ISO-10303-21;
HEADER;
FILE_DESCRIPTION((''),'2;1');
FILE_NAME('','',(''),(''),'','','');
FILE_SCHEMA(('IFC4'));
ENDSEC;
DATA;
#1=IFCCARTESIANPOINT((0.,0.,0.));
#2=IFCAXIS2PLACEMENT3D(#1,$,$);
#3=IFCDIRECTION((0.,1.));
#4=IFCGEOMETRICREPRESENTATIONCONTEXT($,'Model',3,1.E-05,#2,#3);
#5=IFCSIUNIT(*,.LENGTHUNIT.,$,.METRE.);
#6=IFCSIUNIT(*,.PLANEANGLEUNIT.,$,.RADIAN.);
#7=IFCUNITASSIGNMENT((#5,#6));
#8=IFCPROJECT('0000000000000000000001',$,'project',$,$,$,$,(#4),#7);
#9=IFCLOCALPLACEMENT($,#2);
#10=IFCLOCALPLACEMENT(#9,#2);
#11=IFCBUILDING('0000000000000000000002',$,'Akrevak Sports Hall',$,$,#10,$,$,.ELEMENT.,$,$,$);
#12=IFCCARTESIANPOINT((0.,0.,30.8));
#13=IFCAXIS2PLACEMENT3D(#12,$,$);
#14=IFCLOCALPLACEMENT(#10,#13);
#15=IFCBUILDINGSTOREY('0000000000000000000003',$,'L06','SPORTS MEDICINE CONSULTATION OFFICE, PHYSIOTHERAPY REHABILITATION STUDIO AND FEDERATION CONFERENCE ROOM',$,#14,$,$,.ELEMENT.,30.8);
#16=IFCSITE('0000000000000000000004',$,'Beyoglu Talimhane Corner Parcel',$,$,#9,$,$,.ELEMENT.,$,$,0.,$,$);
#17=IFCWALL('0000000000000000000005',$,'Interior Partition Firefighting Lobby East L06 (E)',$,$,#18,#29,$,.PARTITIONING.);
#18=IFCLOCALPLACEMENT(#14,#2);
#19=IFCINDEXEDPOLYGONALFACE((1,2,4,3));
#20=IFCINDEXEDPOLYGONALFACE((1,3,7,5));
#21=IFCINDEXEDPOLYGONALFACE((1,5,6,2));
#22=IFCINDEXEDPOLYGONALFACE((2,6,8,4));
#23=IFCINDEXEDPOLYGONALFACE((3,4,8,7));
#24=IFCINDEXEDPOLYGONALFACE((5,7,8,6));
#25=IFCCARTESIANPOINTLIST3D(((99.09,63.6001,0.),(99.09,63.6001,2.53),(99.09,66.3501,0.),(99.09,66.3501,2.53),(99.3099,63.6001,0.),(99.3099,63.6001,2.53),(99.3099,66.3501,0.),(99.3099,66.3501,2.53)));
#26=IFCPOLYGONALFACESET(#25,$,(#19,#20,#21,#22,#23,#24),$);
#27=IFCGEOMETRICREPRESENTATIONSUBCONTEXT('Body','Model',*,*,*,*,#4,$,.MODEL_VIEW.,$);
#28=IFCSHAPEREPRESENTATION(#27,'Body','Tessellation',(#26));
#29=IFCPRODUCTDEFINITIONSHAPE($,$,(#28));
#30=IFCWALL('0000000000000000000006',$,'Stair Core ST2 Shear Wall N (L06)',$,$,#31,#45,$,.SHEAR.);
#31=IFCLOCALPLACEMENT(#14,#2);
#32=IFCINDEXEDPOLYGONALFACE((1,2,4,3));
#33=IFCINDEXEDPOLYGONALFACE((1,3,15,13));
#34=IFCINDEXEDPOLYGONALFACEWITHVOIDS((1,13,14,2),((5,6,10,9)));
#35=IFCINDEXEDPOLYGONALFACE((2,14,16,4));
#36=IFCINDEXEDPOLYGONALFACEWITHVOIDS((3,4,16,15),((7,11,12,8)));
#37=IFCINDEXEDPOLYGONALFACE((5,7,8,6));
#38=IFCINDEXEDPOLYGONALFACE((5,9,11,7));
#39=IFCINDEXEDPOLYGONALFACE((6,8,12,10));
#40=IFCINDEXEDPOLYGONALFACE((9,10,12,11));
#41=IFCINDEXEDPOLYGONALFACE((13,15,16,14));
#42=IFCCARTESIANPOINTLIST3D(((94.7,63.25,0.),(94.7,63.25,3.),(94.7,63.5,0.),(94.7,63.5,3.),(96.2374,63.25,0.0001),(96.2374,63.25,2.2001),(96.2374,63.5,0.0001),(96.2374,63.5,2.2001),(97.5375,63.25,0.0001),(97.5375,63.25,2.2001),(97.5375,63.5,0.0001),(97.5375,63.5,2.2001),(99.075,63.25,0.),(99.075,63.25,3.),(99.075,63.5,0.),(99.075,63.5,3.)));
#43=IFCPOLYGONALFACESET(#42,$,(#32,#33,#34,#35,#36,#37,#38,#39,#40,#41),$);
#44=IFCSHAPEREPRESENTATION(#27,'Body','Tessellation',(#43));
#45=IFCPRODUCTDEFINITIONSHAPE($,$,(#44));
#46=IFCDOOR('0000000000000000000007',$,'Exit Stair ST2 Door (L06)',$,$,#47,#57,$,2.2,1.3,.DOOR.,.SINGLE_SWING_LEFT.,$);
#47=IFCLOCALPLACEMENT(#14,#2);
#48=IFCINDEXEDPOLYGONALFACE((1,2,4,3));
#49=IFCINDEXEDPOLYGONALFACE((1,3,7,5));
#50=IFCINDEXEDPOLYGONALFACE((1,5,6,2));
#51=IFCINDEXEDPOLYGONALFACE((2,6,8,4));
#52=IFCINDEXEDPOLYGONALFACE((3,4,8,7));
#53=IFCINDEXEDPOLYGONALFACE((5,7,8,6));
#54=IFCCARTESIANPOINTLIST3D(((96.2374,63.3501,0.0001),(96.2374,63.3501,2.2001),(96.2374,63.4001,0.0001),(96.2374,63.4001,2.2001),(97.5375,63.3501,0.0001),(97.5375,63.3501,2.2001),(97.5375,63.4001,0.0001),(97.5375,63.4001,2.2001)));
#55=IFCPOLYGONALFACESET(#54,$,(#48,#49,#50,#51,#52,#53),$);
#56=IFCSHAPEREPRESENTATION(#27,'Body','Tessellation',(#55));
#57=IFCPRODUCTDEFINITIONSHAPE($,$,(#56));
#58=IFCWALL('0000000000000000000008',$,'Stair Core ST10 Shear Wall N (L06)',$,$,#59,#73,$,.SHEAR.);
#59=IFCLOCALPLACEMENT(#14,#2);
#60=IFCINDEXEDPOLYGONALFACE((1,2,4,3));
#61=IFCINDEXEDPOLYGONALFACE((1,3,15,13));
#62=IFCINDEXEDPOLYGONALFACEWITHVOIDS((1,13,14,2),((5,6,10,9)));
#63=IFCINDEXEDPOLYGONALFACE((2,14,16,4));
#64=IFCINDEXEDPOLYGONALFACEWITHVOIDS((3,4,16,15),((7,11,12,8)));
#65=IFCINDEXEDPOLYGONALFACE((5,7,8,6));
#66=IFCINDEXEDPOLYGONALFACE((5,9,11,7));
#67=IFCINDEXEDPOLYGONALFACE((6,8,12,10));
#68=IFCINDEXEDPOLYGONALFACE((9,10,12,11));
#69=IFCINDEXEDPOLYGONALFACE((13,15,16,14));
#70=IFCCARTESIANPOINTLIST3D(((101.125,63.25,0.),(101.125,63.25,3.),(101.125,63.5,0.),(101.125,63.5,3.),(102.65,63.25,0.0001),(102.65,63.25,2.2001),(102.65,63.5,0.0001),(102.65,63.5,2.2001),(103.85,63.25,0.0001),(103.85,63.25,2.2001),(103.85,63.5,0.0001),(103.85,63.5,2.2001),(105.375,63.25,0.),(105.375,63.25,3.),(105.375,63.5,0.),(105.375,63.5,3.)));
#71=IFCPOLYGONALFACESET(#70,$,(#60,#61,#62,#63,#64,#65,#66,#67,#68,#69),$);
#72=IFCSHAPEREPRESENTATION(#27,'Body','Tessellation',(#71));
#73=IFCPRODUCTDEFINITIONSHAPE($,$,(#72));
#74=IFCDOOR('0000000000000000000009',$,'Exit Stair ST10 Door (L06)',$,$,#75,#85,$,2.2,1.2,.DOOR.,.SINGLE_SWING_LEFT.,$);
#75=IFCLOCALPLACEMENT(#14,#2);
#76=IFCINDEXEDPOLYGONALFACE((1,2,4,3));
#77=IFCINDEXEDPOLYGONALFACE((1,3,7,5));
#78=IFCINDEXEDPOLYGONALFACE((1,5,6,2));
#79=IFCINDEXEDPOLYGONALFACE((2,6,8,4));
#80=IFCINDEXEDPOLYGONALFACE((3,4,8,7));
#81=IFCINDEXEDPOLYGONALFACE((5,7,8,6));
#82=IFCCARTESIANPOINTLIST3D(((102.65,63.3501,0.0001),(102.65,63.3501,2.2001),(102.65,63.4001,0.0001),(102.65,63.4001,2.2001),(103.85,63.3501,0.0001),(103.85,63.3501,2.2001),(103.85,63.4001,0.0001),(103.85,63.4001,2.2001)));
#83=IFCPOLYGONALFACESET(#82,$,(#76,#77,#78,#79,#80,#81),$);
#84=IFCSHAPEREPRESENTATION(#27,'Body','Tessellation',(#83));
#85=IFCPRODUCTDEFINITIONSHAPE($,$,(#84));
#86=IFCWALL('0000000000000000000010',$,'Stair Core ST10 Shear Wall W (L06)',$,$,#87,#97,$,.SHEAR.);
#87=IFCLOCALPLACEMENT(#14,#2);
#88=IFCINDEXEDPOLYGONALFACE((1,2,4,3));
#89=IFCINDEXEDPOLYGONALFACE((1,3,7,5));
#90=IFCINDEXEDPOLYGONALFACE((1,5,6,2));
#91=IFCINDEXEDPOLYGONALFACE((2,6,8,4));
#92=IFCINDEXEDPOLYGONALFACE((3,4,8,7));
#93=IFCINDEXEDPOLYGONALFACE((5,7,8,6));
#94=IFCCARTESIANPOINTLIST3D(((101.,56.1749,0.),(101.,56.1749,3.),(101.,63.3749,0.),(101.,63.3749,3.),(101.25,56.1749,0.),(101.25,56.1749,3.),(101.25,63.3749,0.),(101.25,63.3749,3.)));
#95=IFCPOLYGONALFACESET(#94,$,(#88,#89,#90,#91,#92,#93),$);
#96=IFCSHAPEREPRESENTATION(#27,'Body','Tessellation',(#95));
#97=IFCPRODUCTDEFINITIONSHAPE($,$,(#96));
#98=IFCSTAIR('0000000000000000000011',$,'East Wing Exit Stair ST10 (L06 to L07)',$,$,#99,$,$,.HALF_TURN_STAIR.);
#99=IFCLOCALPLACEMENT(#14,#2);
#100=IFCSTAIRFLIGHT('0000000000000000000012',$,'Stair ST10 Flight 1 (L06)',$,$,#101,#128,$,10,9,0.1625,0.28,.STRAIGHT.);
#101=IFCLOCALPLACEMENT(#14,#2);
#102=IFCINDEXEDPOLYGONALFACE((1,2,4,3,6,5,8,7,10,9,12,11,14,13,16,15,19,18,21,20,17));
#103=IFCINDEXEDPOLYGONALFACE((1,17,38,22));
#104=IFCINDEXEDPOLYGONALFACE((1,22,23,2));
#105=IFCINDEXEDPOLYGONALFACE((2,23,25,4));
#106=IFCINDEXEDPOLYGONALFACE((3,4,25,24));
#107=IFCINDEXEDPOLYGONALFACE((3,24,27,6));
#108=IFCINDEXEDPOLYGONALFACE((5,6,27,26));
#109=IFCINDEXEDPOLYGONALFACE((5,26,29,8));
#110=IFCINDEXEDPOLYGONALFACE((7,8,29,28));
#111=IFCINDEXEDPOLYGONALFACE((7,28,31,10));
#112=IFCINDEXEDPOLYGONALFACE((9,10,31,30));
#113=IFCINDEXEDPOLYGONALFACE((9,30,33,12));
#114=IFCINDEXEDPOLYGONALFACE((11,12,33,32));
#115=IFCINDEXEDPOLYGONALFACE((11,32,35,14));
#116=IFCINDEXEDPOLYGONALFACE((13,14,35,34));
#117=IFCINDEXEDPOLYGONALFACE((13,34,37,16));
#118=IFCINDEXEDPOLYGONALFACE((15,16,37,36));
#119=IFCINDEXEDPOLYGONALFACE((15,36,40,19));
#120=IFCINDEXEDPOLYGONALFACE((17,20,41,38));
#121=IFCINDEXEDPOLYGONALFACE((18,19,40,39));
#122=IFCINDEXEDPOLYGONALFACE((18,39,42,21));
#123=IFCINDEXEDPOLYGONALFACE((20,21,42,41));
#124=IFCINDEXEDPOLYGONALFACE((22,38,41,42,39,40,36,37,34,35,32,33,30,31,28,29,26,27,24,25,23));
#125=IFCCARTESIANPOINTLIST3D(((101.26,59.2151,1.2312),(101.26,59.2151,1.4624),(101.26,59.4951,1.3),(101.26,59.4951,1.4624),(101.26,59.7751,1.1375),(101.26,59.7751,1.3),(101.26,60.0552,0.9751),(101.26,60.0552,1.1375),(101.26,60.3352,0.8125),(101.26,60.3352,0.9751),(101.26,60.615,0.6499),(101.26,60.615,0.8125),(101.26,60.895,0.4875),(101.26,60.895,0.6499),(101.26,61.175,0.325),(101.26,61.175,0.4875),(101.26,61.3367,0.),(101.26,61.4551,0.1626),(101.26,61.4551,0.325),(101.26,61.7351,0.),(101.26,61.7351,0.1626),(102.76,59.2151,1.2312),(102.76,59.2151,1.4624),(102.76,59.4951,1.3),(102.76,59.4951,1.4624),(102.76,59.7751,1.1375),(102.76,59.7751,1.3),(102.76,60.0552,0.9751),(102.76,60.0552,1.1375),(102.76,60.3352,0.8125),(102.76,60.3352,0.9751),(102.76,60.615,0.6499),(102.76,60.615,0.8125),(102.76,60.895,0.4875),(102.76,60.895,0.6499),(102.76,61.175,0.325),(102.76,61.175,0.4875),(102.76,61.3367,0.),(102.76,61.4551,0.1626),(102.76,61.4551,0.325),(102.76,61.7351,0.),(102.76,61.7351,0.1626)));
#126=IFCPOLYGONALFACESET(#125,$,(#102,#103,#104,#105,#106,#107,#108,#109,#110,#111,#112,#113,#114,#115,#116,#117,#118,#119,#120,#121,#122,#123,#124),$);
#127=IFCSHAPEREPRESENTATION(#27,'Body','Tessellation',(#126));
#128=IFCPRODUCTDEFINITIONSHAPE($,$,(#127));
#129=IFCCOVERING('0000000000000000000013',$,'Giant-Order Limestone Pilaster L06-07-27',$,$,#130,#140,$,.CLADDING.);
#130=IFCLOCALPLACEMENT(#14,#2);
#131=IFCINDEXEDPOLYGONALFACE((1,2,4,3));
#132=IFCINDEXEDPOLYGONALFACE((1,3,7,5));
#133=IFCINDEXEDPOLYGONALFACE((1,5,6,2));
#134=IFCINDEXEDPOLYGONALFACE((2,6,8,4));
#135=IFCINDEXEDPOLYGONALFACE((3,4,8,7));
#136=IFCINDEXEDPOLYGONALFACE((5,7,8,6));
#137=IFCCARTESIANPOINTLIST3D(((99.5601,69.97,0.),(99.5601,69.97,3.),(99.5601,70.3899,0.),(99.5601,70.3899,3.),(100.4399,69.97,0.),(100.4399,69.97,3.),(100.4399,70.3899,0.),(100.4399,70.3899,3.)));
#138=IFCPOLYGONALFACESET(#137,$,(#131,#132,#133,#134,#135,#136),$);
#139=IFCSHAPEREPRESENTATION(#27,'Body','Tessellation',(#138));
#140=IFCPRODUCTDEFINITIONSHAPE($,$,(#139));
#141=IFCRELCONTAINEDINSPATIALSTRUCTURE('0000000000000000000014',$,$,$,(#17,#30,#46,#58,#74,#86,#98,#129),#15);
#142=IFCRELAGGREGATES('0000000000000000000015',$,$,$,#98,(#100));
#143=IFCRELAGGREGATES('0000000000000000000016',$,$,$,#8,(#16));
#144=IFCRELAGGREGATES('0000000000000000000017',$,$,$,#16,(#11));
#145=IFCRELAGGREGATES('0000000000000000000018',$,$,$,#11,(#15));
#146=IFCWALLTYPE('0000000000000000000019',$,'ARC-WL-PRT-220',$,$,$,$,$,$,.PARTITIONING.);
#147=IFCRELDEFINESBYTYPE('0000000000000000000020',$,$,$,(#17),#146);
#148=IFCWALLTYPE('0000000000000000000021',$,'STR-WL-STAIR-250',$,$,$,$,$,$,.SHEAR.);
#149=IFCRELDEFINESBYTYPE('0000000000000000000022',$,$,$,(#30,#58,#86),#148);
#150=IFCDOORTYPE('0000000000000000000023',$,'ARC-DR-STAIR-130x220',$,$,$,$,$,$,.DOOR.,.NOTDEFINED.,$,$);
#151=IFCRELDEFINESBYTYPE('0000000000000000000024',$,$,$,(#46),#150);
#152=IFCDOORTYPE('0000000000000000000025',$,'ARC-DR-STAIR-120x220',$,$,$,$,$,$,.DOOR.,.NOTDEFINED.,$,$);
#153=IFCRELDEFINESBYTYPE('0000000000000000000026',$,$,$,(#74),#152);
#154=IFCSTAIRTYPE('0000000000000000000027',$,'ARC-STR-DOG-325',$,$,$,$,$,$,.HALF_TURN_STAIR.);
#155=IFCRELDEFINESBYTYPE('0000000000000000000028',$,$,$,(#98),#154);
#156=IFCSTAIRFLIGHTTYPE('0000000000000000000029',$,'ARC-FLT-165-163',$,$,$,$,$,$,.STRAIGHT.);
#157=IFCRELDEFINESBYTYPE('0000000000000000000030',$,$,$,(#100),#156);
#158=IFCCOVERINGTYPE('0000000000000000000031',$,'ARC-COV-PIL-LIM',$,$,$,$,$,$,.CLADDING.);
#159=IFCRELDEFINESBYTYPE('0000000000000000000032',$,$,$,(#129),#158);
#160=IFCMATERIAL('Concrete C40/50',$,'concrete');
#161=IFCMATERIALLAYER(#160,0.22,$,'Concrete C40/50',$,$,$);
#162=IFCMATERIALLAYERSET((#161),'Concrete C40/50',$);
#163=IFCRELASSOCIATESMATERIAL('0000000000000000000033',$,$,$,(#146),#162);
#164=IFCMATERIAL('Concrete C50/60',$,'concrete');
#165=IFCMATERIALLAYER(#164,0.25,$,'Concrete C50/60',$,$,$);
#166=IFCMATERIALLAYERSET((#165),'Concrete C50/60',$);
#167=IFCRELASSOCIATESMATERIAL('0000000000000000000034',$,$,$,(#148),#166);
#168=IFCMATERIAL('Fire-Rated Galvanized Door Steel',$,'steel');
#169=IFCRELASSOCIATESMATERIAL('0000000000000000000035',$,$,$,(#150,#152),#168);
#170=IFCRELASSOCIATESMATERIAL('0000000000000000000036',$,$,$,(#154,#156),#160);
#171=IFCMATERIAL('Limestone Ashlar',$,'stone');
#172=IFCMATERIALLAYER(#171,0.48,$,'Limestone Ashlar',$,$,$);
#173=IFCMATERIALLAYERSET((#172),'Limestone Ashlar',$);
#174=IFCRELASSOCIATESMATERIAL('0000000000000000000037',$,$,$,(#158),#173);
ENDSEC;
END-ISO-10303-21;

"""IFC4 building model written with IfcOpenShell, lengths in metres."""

from ifc_helpers import new_model, si_unit, direction, frame, frame_2d, origin, origin_2d, place, context, subcontext, project, spatial, polyline, rectangle, outline, extrude, material, layer, layer_set, type_object, element, fill, aggregate, save


model = new_model("IFC4")

# Units and contexts
model_context = context("Model", 3, precision=1e-05, world=origin(), true_north=direction((0.0, 1.0)))
body_context = subcontext(model_context, "Body", "Model", "MODEL_VIEW")
ifc_project = project(units=[si_unit("LENGTHUNIT", "METRE"), si_unit("PLANEANGLEUNIT", "RADIAN")], contexts=[model_context])

# Site, building, storey
site_placement = place(None, origin())
site = spatial("IfcSite", under=ifc_project, at=site_placement, Name="Beyoglu Talimhane Corner Parcel", CompositionType="ELEMENT", RefElevation=0.0)
building_placement = place(site_placement, origin())
building = spatial("IfcBuilding", under=site, at=building_placement, Name="Akrevak Sports Hall", CompositionType="ELEMENT")
storey_placement = place(building_placement, frame((0.0, 0.0, 30.8)))
storey = spatial("IfcBuildingStorey", under=building, at=storey_placement, Name="L06", Description="SPORTS MEDICINE CONSULTATION OFFICE, PHYSIOTHERAPY REHABILITATION STUDIO AND FEDERATION CONFERENCE ROOM", CompositionType="ELEMENT", Elevation=30.8)

# Shared definitions
ifc_material_1 = material(Name="Concrete C40/50", Category="concrete")

# Shared definitions
ifc_material_2 = material(Name="Limestone Ashlar", Category="stone")

# Shared definitions
ifc_material_3 = material(Name="Fire-Rated Galvanized Door Steel", Category="steel")

# Wall
ifc_layer_1 = layer(ifc_material_1, 0.22, Name="Concrete C40/50")
ifc_layer_set_1 = layer_set([ifc_layer_1], Name="Concrete C40/50")
wall_type_1 = type_object("IfcWallType", Name="ARC-WL-PRT-220", PredefinedType="PARTITIONING", material=ifc_layer_set_1)
wall_1_placement = place(storey_placement, frame((99.2, 63.6001, 0.0), z_axis=(0.0, 0.0, 1.0), x_axis=(0.0, 1.0, 0.0)))
element("IfcWall", 1, at=wall_1_placement, inside=storey, type_object=wall_type_1, Name="Interior Partition Firefighting Lobby East L06 (E)", PredefinedType="PARTITIONING", context=body_context, shape_type="SweptSolid", body=[
    extrude(rectangle(XDim=2.75, YDim=0.22, at=frame_2d((1.375, 0.0))), origin(), (0.0, 0.0, 1.0), 2.53),
])

# Walls, openings, doors
ifc_material_4 = material(Name="Concrete C50/60", Category="concrete")
ifc_layer_2 = layer(ifc_material_4, 0.25, Name="Concrete C50/60")
ifc_layer_set_2 = layer_set([ifc_layer_2], Name="Concrete C50/60")
wall_type_2 = type_object("IfcWallType", Name="STR-WL-STAIR-250", PredefinedType="SHEAR", material=ifc_layer_set_2)
wall_2_placement = place(storey_placement, frame((99.075, 63.375, 0.0), z_axis=(0.0, 0.0, 1.0), x_axis=(-1.0, 0.0, 0.0)))
wall_2 = element("IfcWall", 2, at=wall_2_placement, inside=storey, type_object=wall_type_2, Name="Stair Core ST2 Shear Wall N (L06)", PredefinedType="SHEAR", context=body_context, shape_type="SweptSolid", body=[
    extrude(rectangle(XDim=4.375, YDim=0.25, at=frame_2d((2.1875, 0.0))), origin(), (0.0, 0.0, 1.0), 3.0),
])
opening_1_placement = place(wall_2_placement, frame((1.5376, 0.0, 0.0)))
opening_1 = element("IfcOpeningElement", 3, at=opening_1_placement, cuts=wall_2, PredefinedType="OPENING", context=body_context, shape_type="SweptSolid", body=[
    extrude(rectangle(XDim=1.3, YDim=2.2, at=frame_2d((0.6499, 1.1001))), frame((0.0, 0.137, 0.0), z_axis=(0.0, -1.0, 0.0), x_axis=(1.0, 0.0, 0.0)), (0.0, 0.0, 1.0), 0.2739),
])
door_type_1 = type_object("IfcDoorType", Name="ARC-DR-STAIR-130x220", OperationType="NOTDEFINED", PredefinedType="DOOR", material=ifc_material_3)
door_1_placement = place(opening_1_placement, origin())
door_1 = element("IfcDoor", 4, at=door_1_placement, inside=storey, type_object=door_type_1, Name="Exit Stair ST2 Door (L06)", OperationType="SINGLE_SWING_LEFT", OverallHeight=2.2, OverallWidth=1.3, PredefinedType="DOOR", context=body_context, shape_type="SweptSolid", body=[
    extrude(rectangle(XDim=1.3, YDim=2.2, at=frame_2d((0.6499, 1.1001))), frame((0.0, 0.0249, 0.0), z_axis=(0.0, -1.0, 0.0), x_axis=(1.0, 0.0, 0.0)), (0.0, 0.0, 1.0), 0.05),
])
fill(opening_1, door_1)
wall_3_placement = place(storey_placement, frame((105.375, 63.375, 0.0), z_axis=(0.0, 0.0, 1.0), x_axis=(-1.0, 0.0, 0.0)))
wall_3 = element("IfcWall", 5, at=wall_3_placement, inside=storey, type_object=wall_type_2, Name="Stair Core ST10 Shear Wall N (L06)", PredefinedType="SHEAR", context=body_context, shape_type="SweptSolid", body=[
    extrude(rectangle(XDim=4.25, YDim=0.25, at=frame_2d((2.125, 0.0))), origin(), (0.0, 0.0, 1.0), 3.0),
])
opening_2_placement = place(wall_3_placement, frame((1.5249, 0.0, 0.0)))
opening_2 = element("IfcOpeningElement", 6, at=opening_2_placement, cuts=wall_3, PredefinedType="OPENING", context=body_context, shape_type="SweptSolid", body=[
    extrude(rectangle(XDim=1.2, YDim=2.2, at=frame_2d((0.6001, 1.1001))), frame((0.0, 0.137, 0.0), z_axis=(0.0, -1.0, 0.0), x_axis=(1.0, 0.0, 0.0)), (0.0, 0.0, 1.0), 0.2739),
])
door_type_2 = type_object("IfcDoorType", Name="ARC-DR-STAIR-120x220", OperationType="NOTDEFINED", PredefinedType="DOOR", material=ifc_material_3)
door_2_placement = place(opening_2_placement, origin())
door_2 = element("IfcDoor", 7, at=door_2_placement, inside=storey, type_object=door_type_2, Name="Exit Stair ST10 Door (L06)", OperationType="SINGLE_SWING_LEFT", OverallHeight=2.2, OverallWidth=1.2, PredefinedType="DOOR", context=body_context, shape_type="SweptSolid", body=[
    extrude(rectangle(XDim=1.2, YDim=2.2, at=frame_2d((0.6001, 1.1001))), frame((0.0, 0.0249, 0.0), z_axis=(0.0, -1.0, 0.0), x_axis=(1.0, 0.0, 0.0)), (0.0, 0.0, 1.0), 0.05),
])
fill(opening_2, door_2)

# Wall
wall_4_placement = place(storey_placement, frame((101.125, 63.375, 0.0), z_axis=(0.0, 0.0, 1.0), x_axis=(0.0, -1.0, 0.0)))
element("IfcWall", 8, at=wall_4_placement, inside=storey, type_object=wall_type_2, Name="Stair Core ST10 Shear Wall W (L06)", PredefinedType="SHEAR", context=body_context, shape_type="SweptSolid", body=[
    extrude(rectangle(XDim=7.2, YDim=0.25, at=frame_2d((3.6001, 0.0))), origin(), (0.0, 0.0, 1.0), 3.0),
])

# Stair, stair flight
stair_type = type_object("IfcStairType", Name="ARC-STR-DOG-325", PredefinedType="HALF_TURN_STAIR", material=ifc_material_1)
stair_placement = place(storey_placement, origin())
stair = element("IfcStair", 9, at=stair_placement, inside=storey, type_object=stair_type, Name="East Wing Exit Stair ST10 (L06 to L07)", PredefinedType="HALF_TURN_STAIR")
stair_flight_type = type_object("IfcStairFlightType", Name="ARC-FLT-165-163", PredefinedType="STRAIGHT", material=ifc_material_1)
stair_flight_placement = place(storey_placement, frame((102.01, 61.7351, 0.0), z_axis=(0.0, 0.0, 1.0), x_axis=(0.0, -1.0, 0.0)))
stair_flight = element("IfcStairFlight", 10, at=stair_flight_placement, type_object=stair_flight_type, Name="Stair ST10 Flight 1 (L06)", NumberOfRisers=10, NumberOfTreads=9, PredefinedType="STRAIGHT", RiserHeight=0.1625, TreadLength=0.28, context=body_context, shape_type="SweptSolid", body=[
    extrude(outline(polyline([(0.0, 0.0), (0.0, 0.1626), (0.28, 0.1626), (0.28, 0.325), (0.5601, 0.325), (0.5601, 0.4875), (0.8401, 0.4875), (0.8401, 0.6499), (1.1201, 0.6499), (1.1201, 0.8125), (1.3999, 0.8125), (1.3999, 0.9751), (1.6799, 0.9751), (1.6799, 1.1375), (1.96, 1.1375), (1.96, 1.3), (2.24, 1.3), (2.24, 1.4624), (2.52, 1.4624), (2.52, 1.625), (2.52, 1.2312), (0.3984, 0.0), (0.0, 0.0)])), frame((0.0, 0.75, 0.0), z_axis=(0.0, -1.0, 0.0), x_axis=(1.0, 0.0, 0.0)), (0.0, 0.0, 1.0), 1.5),
])
aggregate(stair, [stair_flight])

# Covering
ifc_layer_3 = layer(ifc_material_2, 0.48, Name="Limestone Ashlar")
ifc_layer_set_3 = layer_set([ifc_layer_3], Name="Limestone Ashlar")
covering_type = type_object("IfcCoveringType", Name="ARC-COV-PIL-LIM", PredefinedType="CLADDING", material=ifc_layer_set_3)
covering_placement = place(storey_placement, frame((100.0, 70.1799, 0.0), z_axis=(0.0, 0.0, 1.0), x_axis=(-1.0, 0.0, 0.0)))
element("IfcCovering", 11, at=covering_placement, inside=storey, type_object=covering_type, Name="Giant-Order Limestone Pilaster L06-07-27", PredefinedType="CLADDING", context=body_context, shape_type="SweptSolid", body=[
    extrude(rectangle(XDim=0.8799, YDim=0.4199, at=origin_2d()), origin(), (0.0, 0.0, 1.0), 3.0),
])

save(model, "model.ifc")
